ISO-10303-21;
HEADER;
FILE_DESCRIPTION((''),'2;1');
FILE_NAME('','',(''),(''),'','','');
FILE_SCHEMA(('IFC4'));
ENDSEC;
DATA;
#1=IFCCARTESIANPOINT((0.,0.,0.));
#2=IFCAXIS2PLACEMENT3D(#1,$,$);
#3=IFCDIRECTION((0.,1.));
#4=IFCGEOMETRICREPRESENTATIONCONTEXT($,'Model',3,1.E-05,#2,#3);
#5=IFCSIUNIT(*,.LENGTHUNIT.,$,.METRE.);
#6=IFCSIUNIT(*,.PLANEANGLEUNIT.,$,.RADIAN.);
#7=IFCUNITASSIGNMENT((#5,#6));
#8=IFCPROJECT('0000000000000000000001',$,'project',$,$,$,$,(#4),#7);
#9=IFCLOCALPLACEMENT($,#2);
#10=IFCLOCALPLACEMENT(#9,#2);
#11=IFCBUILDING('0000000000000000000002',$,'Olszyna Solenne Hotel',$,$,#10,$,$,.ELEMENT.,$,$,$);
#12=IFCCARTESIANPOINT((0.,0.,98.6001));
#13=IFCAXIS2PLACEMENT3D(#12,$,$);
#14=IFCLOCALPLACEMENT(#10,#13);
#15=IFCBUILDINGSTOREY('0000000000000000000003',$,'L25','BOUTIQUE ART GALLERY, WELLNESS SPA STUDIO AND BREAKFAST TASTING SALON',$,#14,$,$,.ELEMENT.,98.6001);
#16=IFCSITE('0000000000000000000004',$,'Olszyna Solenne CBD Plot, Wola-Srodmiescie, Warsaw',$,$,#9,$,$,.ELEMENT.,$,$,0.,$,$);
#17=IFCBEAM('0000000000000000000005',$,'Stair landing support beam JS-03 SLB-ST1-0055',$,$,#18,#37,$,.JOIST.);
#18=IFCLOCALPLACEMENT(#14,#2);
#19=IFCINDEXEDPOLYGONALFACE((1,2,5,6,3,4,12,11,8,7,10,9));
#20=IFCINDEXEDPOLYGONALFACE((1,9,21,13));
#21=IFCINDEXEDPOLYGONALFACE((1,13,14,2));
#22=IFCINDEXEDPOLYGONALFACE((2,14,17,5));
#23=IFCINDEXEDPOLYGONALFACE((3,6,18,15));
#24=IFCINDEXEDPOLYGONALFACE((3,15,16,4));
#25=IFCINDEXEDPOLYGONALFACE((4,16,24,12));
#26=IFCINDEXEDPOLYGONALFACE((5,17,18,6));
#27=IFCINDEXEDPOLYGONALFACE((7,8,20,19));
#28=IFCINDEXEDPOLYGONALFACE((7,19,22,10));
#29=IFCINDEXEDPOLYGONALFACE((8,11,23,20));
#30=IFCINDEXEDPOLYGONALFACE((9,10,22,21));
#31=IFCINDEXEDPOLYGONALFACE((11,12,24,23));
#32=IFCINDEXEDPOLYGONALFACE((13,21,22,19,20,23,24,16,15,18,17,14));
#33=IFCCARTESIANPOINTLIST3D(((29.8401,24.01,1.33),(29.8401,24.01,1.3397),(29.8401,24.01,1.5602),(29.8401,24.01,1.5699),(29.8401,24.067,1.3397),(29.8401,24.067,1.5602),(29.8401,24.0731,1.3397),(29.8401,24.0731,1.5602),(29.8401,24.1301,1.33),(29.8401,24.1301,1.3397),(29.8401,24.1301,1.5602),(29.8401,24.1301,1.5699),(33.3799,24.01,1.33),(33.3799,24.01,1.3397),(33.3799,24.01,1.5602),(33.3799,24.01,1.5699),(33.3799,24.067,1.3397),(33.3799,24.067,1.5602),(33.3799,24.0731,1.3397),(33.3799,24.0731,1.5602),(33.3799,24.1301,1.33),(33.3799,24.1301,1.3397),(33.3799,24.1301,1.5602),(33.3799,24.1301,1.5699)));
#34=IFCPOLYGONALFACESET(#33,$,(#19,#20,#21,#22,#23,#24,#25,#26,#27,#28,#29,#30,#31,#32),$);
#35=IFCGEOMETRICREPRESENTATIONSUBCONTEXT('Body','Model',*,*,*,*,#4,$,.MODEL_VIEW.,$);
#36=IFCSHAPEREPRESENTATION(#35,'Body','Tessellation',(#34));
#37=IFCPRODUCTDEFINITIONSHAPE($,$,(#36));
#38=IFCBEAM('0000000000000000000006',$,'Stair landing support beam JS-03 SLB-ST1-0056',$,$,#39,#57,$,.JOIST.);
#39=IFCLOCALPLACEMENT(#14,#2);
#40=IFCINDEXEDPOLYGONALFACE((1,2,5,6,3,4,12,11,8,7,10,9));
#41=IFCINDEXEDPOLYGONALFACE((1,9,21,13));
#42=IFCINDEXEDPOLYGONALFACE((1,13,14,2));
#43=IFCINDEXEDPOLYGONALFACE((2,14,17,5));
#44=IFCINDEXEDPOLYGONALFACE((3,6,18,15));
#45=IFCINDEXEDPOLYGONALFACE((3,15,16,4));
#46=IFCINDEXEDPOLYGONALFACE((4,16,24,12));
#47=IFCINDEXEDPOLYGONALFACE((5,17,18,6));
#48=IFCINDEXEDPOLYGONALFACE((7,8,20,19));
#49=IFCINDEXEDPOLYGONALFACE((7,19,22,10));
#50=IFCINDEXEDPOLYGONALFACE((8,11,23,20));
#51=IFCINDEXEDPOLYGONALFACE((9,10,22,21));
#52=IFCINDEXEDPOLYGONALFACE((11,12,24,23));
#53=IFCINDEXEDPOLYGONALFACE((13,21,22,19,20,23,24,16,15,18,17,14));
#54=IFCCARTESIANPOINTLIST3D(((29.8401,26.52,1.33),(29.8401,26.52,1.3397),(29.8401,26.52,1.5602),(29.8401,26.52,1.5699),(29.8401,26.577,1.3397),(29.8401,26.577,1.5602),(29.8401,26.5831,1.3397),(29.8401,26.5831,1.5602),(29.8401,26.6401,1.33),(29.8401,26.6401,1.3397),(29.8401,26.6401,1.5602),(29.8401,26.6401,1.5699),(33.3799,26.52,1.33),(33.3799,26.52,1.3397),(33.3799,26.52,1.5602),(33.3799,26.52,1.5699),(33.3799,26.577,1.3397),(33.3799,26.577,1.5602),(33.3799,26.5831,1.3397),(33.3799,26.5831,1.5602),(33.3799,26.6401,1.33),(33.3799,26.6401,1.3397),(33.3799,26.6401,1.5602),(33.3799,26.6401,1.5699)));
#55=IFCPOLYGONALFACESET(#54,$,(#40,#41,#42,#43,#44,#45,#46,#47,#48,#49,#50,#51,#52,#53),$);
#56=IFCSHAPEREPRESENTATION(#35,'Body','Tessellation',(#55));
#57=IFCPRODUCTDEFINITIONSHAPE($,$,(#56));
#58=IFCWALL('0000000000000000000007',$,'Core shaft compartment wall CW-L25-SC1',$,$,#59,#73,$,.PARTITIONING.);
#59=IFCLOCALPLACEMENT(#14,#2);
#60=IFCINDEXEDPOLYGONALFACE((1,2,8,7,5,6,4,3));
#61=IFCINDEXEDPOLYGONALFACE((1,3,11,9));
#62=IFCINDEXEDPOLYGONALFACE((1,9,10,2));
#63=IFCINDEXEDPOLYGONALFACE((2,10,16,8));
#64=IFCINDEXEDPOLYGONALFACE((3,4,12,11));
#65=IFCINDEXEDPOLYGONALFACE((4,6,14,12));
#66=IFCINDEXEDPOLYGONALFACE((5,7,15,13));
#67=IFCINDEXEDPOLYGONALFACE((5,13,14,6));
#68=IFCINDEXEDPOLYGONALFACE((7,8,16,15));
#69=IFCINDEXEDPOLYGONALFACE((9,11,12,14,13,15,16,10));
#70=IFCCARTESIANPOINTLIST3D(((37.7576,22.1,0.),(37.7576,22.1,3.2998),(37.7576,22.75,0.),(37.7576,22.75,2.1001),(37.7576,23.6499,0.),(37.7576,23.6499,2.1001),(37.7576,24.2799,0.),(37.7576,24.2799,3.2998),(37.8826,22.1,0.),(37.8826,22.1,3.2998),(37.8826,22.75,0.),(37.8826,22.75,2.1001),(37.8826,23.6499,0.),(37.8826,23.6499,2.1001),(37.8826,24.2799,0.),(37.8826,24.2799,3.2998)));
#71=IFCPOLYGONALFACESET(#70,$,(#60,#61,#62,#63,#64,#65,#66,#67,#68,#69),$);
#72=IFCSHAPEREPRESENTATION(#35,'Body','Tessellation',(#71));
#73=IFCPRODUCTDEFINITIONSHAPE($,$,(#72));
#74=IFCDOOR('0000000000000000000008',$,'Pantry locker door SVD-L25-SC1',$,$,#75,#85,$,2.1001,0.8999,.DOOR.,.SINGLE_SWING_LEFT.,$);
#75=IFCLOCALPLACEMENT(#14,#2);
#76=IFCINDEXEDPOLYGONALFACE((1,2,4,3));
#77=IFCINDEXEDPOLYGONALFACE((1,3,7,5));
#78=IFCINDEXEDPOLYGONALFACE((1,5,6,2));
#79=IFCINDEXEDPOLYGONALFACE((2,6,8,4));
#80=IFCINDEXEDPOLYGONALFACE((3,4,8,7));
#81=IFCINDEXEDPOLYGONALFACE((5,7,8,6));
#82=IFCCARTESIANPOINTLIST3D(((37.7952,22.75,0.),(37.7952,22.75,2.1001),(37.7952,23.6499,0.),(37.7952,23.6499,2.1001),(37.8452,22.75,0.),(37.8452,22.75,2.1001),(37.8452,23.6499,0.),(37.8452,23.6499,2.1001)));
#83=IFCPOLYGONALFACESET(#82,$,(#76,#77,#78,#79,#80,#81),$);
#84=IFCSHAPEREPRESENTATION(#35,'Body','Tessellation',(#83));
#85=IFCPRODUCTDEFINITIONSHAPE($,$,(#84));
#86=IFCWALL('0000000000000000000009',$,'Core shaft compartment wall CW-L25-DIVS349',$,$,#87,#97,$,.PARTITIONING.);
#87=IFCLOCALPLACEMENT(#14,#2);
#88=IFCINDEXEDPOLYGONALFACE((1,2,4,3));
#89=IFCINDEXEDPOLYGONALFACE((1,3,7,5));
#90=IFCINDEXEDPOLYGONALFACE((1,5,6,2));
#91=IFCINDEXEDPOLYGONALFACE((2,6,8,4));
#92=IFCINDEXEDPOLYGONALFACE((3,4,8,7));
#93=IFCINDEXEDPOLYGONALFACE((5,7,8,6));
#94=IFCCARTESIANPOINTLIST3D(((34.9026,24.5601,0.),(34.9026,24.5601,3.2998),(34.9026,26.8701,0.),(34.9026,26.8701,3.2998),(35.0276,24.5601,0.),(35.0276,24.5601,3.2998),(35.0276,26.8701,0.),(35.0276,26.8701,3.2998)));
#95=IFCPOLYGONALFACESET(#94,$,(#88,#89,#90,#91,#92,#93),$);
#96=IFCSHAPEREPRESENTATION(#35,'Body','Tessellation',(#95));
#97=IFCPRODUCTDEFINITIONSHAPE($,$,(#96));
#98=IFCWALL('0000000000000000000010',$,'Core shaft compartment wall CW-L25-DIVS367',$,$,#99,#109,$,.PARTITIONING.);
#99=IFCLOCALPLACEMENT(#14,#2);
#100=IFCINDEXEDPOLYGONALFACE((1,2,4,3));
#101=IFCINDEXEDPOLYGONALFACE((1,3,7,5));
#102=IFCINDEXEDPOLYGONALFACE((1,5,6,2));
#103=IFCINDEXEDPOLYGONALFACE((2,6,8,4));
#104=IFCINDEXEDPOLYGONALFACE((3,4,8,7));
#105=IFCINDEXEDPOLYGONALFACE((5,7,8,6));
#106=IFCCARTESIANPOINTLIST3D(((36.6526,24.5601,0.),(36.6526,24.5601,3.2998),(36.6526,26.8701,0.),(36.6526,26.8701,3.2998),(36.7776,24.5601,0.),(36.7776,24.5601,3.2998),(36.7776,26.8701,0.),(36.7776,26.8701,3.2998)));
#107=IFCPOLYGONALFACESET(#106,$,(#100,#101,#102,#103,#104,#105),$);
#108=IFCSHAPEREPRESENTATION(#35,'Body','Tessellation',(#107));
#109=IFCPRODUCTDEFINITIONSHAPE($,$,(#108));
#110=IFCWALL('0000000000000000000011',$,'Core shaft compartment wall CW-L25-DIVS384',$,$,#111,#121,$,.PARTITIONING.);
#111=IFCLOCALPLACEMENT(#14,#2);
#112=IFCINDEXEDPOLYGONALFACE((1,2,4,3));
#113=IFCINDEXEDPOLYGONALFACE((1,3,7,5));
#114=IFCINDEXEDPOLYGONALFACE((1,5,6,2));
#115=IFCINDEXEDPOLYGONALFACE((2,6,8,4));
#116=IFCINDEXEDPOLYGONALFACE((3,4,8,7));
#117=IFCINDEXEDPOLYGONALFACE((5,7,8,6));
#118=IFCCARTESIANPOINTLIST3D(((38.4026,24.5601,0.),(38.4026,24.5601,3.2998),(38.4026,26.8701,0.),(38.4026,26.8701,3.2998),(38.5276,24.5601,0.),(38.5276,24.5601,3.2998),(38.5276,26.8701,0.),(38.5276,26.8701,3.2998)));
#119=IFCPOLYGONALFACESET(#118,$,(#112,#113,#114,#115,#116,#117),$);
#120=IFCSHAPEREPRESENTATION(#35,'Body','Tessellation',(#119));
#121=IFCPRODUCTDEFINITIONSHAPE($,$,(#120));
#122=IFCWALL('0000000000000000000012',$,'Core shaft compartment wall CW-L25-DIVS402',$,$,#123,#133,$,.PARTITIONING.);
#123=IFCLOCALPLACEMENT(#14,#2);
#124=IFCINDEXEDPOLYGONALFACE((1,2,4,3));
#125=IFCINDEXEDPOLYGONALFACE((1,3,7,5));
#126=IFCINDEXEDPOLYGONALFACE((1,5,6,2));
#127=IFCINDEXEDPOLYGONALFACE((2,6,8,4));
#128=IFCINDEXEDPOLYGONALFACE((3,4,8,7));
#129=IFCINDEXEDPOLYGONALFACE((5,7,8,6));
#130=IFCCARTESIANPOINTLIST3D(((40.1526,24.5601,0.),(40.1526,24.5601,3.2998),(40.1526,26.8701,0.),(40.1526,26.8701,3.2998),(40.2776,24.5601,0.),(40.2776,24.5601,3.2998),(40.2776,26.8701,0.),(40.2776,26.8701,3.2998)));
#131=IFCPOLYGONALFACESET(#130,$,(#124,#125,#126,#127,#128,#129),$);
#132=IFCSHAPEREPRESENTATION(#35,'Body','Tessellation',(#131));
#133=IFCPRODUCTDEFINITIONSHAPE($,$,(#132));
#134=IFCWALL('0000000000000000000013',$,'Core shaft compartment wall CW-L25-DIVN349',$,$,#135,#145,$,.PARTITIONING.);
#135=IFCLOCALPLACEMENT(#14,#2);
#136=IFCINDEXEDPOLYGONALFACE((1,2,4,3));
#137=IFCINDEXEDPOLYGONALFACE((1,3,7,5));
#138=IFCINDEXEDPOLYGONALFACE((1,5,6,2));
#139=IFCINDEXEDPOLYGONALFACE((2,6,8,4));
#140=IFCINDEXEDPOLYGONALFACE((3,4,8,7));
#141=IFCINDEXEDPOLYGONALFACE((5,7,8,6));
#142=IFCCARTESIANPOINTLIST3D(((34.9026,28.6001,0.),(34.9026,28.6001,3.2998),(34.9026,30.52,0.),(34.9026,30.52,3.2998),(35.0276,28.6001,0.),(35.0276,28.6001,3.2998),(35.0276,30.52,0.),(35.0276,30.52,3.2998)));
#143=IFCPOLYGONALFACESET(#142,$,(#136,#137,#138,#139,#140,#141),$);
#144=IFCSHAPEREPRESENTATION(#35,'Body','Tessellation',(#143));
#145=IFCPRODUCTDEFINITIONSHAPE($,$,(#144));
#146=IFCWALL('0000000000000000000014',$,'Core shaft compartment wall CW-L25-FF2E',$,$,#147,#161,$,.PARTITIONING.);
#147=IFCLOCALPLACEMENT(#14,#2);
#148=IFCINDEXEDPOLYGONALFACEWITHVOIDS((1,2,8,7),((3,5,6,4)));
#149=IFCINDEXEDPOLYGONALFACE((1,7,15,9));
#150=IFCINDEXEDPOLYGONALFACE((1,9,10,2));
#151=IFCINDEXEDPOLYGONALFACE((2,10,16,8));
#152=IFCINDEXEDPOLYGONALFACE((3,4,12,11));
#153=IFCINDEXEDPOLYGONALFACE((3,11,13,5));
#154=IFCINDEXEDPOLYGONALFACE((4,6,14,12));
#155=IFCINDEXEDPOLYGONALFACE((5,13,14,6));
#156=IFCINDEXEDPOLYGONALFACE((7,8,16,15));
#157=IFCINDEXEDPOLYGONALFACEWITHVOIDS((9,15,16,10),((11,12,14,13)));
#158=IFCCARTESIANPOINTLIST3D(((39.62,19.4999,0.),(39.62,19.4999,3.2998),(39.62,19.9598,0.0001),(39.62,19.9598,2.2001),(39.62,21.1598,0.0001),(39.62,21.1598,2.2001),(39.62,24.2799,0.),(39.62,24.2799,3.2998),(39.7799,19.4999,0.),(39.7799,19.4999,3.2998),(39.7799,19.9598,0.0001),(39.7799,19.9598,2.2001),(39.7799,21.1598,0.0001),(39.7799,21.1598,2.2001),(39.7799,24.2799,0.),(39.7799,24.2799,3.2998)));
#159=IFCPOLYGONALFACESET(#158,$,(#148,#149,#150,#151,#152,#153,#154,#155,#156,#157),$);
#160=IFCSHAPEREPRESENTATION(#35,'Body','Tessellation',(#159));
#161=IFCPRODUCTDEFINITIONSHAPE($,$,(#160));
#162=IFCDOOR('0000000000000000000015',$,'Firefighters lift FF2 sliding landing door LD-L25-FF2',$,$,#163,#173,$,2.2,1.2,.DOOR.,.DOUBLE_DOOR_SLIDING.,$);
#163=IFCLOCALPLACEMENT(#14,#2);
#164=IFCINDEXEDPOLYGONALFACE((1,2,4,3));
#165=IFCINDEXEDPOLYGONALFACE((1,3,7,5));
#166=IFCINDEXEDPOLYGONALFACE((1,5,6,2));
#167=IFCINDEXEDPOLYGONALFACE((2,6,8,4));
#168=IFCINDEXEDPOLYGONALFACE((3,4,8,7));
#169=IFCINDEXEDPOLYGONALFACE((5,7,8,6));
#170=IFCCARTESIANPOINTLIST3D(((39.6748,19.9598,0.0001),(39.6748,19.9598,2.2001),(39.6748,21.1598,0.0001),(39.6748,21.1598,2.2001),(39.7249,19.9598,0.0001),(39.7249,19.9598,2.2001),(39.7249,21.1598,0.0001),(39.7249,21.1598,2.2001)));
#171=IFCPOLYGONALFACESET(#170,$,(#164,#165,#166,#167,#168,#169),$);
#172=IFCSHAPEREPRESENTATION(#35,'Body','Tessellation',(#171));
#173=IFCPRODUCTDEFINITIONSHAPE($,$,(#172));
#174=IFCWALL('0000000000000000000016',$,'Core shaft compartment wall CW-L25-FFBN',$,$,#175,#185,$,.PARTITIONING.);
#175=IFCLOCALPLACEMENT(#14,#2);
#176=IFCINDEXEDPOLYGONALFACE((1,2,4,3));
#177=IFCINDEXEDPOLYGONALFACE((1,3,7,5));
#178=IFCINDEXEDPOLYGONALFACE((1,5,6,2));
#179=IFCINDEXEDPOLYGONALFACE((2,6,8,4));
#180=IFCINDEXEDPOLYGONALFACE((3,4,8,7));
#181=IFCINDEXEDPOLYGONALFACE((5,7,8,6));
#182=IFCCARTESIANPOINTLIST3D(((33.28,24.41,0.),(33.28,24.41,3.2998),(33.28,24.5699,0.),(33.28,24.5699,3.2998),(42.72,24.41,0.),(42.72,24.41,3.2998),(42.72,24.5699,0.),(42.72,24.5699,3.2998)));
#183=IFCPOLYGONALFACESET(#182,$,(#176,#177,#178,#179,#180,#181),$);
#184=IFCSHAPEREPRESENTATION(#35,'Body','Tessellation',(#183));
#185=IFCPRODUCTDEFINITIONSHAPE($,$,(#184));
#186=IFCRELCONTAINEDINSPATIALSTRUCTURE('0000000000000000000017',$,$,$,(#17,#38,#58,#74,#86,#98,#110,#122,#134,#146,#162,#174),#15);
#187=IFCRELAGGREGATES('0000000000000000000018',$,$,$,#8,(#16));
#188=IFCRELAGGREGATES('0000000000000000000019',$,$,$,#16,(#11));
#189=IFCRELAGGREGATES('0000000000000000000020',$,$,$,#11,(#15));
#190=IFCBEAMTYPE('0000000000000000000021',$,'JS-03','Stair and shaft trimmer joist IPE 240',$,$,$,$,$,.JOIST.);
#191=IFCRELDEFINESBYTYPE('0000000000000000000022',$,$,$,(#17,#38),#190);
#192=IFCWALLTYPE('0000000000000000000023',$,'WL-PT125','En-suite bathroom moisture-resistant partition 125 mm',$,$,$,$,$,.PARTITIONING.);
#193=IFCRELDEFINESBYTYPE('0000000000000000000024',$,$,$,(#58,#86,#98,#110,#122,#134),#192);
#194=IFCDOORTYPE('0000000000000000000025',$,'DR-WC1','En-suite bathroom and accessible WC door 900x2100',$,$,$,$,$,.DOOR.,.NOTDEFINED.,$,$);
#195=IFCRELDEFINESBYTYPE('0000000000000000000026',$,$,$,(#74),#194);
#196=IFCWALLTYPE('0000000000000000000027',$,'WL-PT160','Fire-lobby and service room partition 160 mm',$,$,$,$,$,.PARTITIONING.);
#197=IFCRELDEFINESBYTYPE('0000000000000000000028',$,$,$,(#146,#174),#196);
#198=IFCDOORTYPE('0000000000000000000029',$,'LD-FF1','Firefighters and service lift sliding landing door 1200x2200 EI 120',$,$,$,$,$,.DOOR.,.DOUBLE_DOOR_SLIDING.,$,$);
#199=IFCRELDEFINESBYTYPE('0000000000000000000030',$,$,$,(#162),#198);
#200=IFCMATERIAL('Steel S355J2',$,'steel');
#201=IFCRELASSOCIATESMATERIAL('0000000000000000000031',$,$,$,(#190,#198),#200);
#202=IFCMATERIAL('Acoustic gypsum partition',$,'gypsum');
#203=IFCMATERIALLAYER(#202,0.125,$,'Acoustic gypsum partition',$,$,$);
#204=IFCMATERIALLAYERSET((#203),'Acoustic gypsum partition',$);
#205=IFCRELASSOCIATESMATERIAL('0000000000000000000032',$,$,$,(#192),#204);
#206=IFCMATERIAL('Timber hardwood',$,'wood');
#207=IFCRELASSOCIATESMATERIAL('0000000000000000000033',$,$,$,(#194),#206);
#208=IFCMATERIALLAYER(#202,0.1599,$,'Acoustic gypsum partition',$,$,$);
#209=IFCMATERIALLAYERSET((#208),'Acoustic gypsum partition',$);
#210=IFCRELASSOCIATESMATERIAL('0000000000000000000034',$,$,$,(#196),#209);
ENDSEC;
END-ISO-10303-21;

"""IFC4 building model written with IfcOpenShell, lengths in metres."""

from ifc_helpers import new_model, si_unit, direction, frame, frame_2d, origin, origin_2d, place, context, subcontext, project, spatial, rectangle, i_section, extrude, source, transform, mapped, material, layer, layer_set, material_profile, profile_set, type_object, type_shapes, element, fill, save


model = new_model("IFC4")

# Units and contexts
model_context = context("Model", 3, precision=1e-05, world=origin(), true_north=direction((0.0, 1.0)))
body_context = subcontext(model_context, "Body", "Model", "MODEL_VIEW")
ifc_project = project(units=[si_unit("LENGTHUNIT", "METRE"), si_unit("PLANEANGLEUNIT", "RADIAN")], contexts=[model_context])

# Site, building, storey
site_placement = place(None, origin())
site = spatial("IfcSite", under=ifc_project, at=site_placement, Name="Olszyna Solenne CBD Plot, Wola-Srodmiescie, Warsaw", CompositionType="ELEMENT", RefElevation=0.0)
building_placement = place(site_placement, origin())
building = spatial("IfcBuilding", under=site, at=building_placement, Name="Olszyna Solenne Hotel", CompositionType="ELEMENT")
storey_placement = place(building_placement, frame((0.0, 0.0, 98.6001)))
storey = spatial("IfcBuildingStorey", under=building, at=storey_placement, Name="L25", Description="BOUTIQUE ART GALLERY, WELLNESS SPA STUDIO AND BREAKFAST TASTING SALON", CompositionType="ELEMENT", Elevation=98.6001)

# Beams
ifc_material_1 = material(Name="Steel S355J2", Category="steel")
ifc_material_profile = material_profile(ifc_material_1, i_section(OverallWidth=0.1201, OverallDepth=0.24, WebThickness=0.0061, FlangeThickness=0.0098, at=origin_2d()), Name="IPE 240", Category="load-bearing")
ifc_profile_set = profile_set([ifc_material_profile], Name="Steel S355J2")
beam_type = type_object("IfcBeamType", Name="JS-03", Description="Stair and shaft trimmer joist IPE 240", PredefinedType="JOIST", material=ifc_profile_set)
shared_shape_1 = source(origin(), body_context, "Body", "SweptSolid", [
    extrude(i_section(OverallWidth=0.1201, OverallDepth=0.24, WebThickness=0.0061, FlangeThickness=0.0098, at=origin_2d()), origin(), (0.0, 0.0, 1.0), 3.5398),
])
for number, where, z_axis, x_axis, name in (
    (1, (33.3799, 24.0701, 1.45), (-1.0, 0.0, 0.0), (0.0, -1.0, 0.0), "Stair landing support beam JS-03 SLB-ST1-0055"),
    (2, (33.3799, 26.5801, 1.45), (-1.0, 0.0, 0.0), (0.0, -1.0, 0.0), "Stair landing support beam JS-03 SLB-ST1-0056"),
):
    element("IfcBeam", number, at=place(storey_placement, frame(where, z_axis=z_axis, x_axis=x_axis)), inside=storey, type_object=beam_type, Name=name, PredefinedType="JOIST", context=body_context, shape_type="MappedRepresentation", body=[
        mapped(shared_shape_1, transform((0.0, 0.0, 0.0), x_axis=(1.0, 0.0, 0.0), y_axis=(0.0, 1.0, 0.0), z_axis=(0.0, 0.0, 1.0), scale=1.0)),
    ])

# Wall, opening, door
ifc_material_2 = material(Name="Acoustic gypsum partition", Category="gypsum")
ifc_layer_1 = layer(ifc_material_2, 0.125, Name="Acoustic gypsum partition")
ifc_layer_set_1 = layer_set([ifc_layer_1], Name="Acoustic gypsum partition")
wall_type_1 = type_object("IfcWallType", Name="WL-PT125", Description="En-suite bathroom moisture-resistant partition 125 mm", PredefinedType="PARTITIONING", material=ifc_layer_set_1)
wall_1_placement = place(storey_placement, frame((37.8201, 22.1001, 0.0), z_axis=(0.0, 0.0, 1.0), x_axis=(0.0, 1.0, 0.0)))
wall_1 = element("IfcWall", 3, at=wall_1_placement, inside=storey, type_object=wall_type_1, Name="Core shaft compartment wall CW-L25-SC1", PredefinedType="PARTITIONING", context=body_context, shape_type="SweptSolid", body=[
    extrude(rectangle(XDim=2.1799, YDim=0.125, at=frame_2d((1.0898, 0.0))), origin(), (0.0, 0.0, 1.0), 3.2998),
])
opening_1_placement = place(wall_1_placement, frame((0.6499, 0.0, 0.0)))
opening_1 = element("IfcOpeningElement", 4, at=opening_1_placement, cuts=wall_1, PredefinedType="OPENING", context=body_context, shape_type="SweptSolid", body=[
    extrude(rectangle(XDim=0.8999, YDim=2.1001, at=frame_2d((0.45, 1.05))), frame((0.0, 0.0725, 0.0), z_axis=(0.0, -1.0, 0.0), x_axis=(1.0, 0.0, 0.0)), (0.0, 0.0, 1.0), 0.145),
])
ifc_material_3 = material(Name="Timber hardwood", Category="wood")
door_type_1 = type_object("IfcDoorType", Name="DR-WC1", Description="En-suite bathroom and accessible WC door 900x2100", OperationType="NOTDEFINED", PredefinedType="DOOR", material=ifc_material_3)
shared_shape_2 = source(origin(), body_context, "Body", "SweptSolid", [
    extrude(rectangle(XDim=0.8999, YDim=2.1001, at=frame_2d((0.45, 1.05))), frame((0.0, 0.0249, 0.0), z_axis=(0.0, -1.0, 0.0), x_axis=(1.0, 0.0, 0.0)), (0.0, 0.0, 1.0), 0.05),
])
type_shapes(door_type_1, [shared_shape_2])
door_1_placement = place(opening_1_placement, origin())
door_1 = element("IfcDoor", 5, at=door_1_placement, inside=storey, type_object=door_type_1, Name="Pantry locker door SVD-L25-SC1", OperationType="SINGLE_SWING_LEFT", OverallHeight=2.1001, OverallWidth=0.8999, PredefinedType="DOOR", context=body_context, shape_type="MappedRepresentation", body=[
    mapped(shared_shape_2, transform((0.0, 0.0, 0.0), x_axis=(1.0, 0.0, 0.0), y_axis=(0.0, 1.0, 0.0), z_axis=(0.0, 0.0, 1.0), scale=1.0)),
])
fill(opening_1, door_1)

# Walls
for number, where, z_axis, x_axis, name in (
    (6, (34.9651, 24.5601, 0.0), (0.0, 0.0, 1.0), (0.0, 1.0, 0.0), "Core shaft compartment wall CW-L25-DIVS349"),
    (7, (36.7151, 24.5601, 0.0), (0.0, 0.0, 1.0), (0.0, 1.0, 0.0), "Core shaft compartment wall CW-L25-DIVS367"),
    (8, (38.4651, 24.5601, 0.0), (0.0, 0.0, 1.0), (0.0, 1.0, 0.0), "Core shaft compartment wall CW-L25-DIVS384"),
    (9, (40.2151, 24.5601, 0.0), (0.0, 0.0, 1.0), (0.0, 1.0, 0.0), "Core shaft compartment wall CW-L25-DIVS402"),
):
    element("IfcWall", number, at=place(storey_placement, frame(where, z_axis=z_axis, x_axis=x_axis)), inside=storey, type_object=wall_type_1, Name=name, PredefinedType="PARTITIONING", context=body_context, shape_type="SweptSolid", body=[
        extrude(rectangle(XDim=2.3101, YDim=0.125, at=frame_2d((1.155, 0.0))), origin(), (0.0, 0.0, 1.0), 3.2998),
    ])
wall_2_placement = place(storey_placement, frame((34.9651, 28.6001, 0.0), z_axis=(0.0, 0.0, 1.0), x_axis=(0.0, 1.0, 0.0)))
element("IfcWall", 10, at=wall_2_placement, inside=storey, type_object=wall_type_1, Name="Core shaft compartment wall CW-L25-DIVN349", PredefinedType="PARTITIONING", context=body_context, shape_type="SweptSolid", body=[
    extrude(rectangle(XDim=1.9199, YDim=0.125, at=frame_2d((0.96, 0.0))), origin(), (0.0, 0.0, 1.0), 3.2998),
])

# Wall, opening, door
ifc_layer_2 = layer(ifc_material_2, 0.1599, Name="Acoustic gypsum partition")
ifc_layer_set_2 = layer_set([ifc_layer_2], Name="Acoustic gypsum partition")
wall_type_2 = type_object("IfcWallType", Name="WL-PT160", Description="Fire-lobby and service room partition 160 mm", PredefinedType="PARTITIONING", material=ifc_layer_set_2)
wall_3_placement = place(storey_placement, frame((39.7, 24.28, 0.0), z_axis=(0.0, 0.0, 1.0), x_axis=(0.0, -1.0, 0.0)))
wall_3 = element("IfcWall", 11, at=wall_3_placement, inside=storey, type_object=wall_type_2, Name="Core shaft compartment wall CW-L25-FF2E", PredefinedType="PARTITIONING", context=body_context, shape_type="SweptSolid", body=[
    extrude(rectangle(XDim=4.78, YDim=0.1599, at=frame_2d((2.3901, 0.0))), origin(), (0.0, 0.0, 1.0), 3.2998),
])
opening_2_placement = place(wall_3_placement, frame((3.1201, 0.0, 0.0)))
opening_2 = element("IfcOpeningElement", 12, at=opening_2_placement, cuts=wall_3, PredefinedType="OPENING", context=body_context, shape_type="SweptSolid", body=[
    extrude(rectangle(XDim=1.2, YDim=2.2, at=frame_2d((0.6001, 1.1001))), frame((0.0, 0.0898, 0.0), z_axis=(0.0, -1.0, 0.0), x_axis=(1.0, 0.0, 0.0)), (0.0, 0.0, 1.0), 0.1799),
])
door_type_2 = type_object("IfcDoorType", Name="LD-FF1", Description="Firefighters and service lift sliding landing door 1200x2200 EI 120", OperationType="DOUBLE_DOOR_SLIDING", PredefinedType="DOOR", material=ifc_material_1)
shared_shape_3 = source(origin(), body_context, "Body", "SweptSolid", [
    extrude(rectangle(XDim=1.2, YDim=2.2, at=frame_2d((0.6001, 1.1001))), frame((0.0, 0.0249, 0.0), z_axis=(0.0, -1.0, 0.0), x_axis=(1.0, 0.0, 0.0)), (0.0, 0.0, 1.0), 0.05),
])
type_shapes(door_type_2, [shared_shape_3])
door_2_placement = place(opening_2_placement, origin())
door_2 = element("IfcDoor", 13, at=door_2_placement, inside=storey, type_object=door_type_2, Name="Firefighters lift FF2 sliding landing door LD-L25-FF2", OperationType="DOUBLE_DOOR_SLIDING", OverallHeight=2.2, OverallWidth=1.2, PredefinedType="DOOR", context=body_context, shape_type="MappedRepresentation", body=[
    mapped(shared_shape_3, transform((0.0, 0.0, 0.0), x_axis=(1.0, 0.0, 0.0), y_axis=(0.0, 1.0, 0.0), z_axis=(0.0, 0.0, 1.0), scale=1.0)),
])
fill(opening_2, door_2)

# Wall
wall_4_placement = place(storey_placement, frame((33.28, 24.49, 0.0), z_axis=(0.0, 0.0, 1.0), x_axis=(1.0, 0.0, 0.0)))
element("IfcWall", 14, at=wall_4_placement, inside=storey, type_object=wall_type_2, Name="Core shaft compartment wall CW-L25-FFBN", PredefinedType="PARTITIONING", context=body_context, shape_type="SweptSolid", body=[
    extrude(rectangle(XDim=9.4399, YDim=0.1599, at=frame_2d((4.72, 0.0))), origin(), (0.0, 0.0, 1.0), 3.2998),
])

save(model, "model.ifc")
